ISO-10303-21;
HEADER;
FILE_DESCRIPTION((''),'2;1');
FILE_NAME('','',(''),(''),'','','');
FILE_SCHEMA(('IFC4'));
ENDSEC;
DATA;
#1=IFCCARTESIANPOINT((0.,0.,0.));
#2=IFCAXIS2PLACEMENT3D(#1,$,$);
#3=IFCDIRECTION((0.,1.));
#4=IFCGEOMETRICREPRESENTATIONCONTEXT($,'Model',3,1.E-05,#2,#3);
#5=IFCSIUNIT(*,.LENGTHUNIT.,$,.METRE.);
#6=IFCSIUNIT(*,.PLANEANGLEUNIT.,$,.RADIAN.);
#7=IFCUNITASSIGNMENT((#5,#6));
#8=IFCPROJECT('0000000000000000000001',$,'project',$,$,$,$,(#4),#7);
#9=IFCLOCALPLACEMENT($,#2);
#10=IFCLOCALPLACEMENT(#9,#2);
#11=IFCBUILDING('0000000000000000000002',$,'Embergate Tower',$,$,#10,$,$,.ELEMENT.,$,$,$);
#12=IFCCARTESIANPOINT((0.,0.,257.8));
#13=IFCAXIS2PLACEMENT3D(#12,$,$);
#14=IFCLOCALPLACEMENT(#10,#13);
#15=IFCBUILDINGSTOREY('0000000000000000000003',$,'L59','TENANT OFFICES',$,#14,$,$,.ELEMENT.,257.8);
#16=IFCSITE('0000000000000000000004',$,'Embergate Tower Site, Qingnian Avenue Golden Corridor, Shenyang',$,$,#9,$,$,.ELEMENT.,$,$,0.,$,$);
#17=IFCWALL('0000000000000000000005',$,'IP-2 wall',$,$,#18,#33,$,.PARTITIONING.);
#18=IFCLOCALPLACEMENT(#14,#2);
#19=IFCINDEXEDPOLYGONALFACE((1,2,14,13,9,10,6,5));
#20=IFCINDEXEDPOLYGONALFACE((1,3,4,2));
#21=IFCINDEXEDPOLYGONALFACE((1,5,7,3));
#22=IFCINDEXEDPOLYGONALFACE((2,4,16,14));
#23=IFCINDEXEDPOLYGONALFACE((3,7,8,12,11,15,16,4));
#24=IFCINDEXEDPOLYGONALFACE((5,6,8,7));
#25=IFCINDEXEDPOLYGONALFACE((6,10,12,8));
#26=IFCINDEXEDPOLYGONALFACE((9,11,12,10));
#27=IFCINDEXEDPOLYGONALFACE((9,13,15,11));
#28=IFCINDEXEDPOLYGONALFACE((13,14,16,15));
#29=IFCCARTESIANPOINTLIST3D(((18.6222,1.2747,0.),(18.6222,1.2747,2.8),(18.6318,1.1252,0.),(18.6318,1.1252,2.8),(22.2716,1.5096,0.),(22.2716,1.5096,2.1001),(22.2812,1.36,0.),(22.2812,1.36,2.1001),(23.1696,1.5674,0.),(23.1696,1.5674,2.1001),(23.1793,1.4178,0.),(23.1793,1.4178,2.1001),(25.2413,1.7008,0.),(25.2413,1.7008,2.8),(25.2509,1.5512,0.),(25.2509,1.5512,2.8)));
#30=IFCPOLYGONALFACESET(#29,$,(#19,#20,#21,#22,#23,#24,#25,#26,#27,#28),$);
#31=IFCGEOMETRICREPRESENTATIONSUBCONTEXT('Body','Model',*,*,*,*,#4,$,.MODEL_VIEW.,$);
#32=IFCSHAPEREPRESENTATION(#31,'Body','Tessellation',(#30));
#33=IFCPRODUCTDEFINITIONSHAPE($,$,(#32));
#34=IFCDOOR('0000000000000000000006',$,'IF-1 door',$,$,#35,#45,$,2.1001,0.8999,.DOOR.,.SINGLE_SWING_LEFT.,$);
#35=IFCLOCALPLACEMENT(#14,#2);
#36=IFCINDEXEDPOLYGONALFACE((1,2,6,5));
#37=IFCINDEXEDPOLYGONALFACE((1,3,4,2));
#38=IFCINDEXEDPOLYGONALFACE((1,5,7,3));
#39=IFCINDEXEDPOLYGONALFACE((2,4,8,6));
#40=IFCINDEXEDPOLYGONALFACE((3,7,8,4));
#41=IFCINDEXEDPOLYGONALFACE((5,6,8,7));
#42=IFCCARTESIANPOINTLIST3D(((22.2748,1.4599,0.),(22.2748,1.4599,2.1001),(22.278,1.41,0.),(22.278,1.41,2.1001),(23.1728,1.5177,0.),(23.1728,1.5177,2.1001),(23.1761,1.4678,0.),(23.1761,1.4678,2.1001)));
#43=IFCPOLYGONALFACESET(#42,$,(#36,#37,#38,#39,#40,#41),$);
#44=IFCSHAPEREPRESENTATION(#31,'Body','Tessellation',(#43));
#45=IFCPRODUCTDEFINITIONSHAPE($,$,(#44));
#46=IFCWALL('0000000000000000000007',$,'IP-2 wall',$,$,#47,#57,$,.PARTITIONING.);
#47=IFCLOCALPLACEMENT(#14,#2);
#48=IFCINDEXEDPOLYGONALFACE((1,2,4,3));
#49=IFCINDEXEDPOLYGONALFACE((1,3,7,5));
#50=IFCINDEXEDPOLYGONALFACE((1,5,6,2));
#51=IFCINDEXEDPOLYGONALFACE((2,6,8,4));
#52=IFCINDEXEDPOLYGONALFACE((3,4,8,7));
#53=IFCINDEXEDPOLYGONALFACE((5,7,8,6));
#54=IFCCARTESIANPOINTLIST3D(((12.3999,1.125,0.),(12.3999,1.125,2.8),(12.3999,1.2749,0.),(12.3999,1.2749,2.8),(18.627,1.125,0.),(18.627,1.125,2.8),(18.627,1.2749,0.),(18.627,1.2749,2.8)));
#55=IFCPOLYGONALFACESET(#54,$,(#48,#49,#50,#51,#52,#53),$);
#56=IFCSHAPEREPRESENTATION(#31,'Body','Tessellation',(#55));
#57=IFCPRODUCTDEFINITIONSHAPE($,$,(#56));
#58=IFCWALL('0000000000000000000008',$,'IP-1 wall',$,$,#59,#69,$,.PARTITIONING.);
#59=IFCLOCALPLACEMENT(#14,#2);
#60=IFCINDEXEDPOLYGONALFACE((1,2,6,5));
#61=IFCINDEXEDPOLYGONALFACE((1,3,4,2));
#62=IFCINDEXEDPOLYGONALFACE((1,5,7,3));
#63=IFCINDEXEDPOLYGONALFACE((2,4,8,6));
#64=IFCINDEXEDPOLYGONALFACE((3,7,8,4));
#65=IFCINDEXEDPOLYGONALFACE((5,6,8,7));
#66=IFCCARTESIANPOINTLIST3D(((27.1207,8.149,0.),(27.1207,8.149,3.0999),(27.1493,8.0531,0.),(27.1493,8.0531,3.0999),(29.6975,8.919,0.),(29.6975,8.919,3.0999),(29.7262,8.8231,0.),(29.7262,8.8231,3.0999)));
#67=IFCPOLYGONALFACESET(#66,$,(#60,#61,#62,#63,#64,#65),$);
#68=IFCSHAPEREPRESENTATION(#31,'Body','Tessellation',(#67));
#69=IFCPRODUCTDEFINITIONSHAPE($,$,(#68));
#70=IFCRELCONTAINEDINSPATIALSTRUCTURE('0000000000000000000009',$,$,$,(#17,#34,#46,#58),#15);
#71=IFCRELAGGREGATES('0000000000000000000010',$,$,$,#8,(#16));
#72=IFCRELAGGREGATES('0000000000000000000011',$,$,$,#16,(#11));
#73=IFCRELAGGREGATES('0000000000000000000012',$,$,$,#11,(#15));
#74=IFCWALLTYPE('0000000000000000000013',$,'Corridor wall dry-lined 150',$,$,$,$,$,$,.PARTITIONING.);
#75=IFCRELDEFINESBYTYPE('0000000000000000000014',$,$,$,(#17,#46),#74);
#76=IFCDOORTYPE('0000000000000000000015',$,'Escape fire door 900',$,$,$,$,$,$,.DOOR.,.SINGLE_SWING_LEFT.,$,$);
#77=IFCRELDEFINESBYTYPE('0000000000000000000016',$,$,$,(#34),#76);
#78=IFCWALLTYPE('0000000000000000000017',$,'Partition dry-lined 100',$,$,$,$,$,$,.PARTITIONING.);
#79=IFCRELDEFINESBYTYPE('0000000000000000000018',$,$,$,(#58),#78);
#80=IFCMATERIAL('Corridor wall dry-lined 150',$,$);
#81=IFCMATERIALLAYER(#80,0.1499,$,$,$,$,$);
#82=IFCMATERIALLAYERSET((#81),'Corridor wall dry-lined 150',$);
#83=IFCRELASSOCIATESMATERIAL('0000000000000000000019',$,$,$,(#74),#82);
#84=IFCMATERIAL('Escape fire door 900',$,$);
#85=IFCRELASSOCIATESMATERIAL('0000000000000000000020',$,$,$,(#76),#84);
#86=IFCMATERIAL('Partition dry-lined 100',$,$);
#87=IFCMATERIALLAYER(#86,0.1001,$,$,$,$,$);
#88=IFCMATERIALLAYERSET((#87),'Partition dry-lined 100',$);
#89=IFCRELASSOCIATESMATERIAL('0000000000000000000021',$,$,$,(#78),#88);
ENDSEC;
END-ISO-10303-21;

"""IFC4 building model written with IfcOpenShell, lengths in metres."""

from ifc_helpers import new_model, si_unit, direction, frame, frame_2d, origin, place, context, subcontext, project, spatial, rectangle, extrude, source, transform, mapped, material, layer, layer_set, type_object, element, fill, save


model = new_model("IFC4")

# Units and contexts
model_context = context("Model", 3, precision=1e-05, world=origin(), true_north=direction((0.0, 1.0)))
body_context = subcontext(model_context, "Body", "Model", "MODEL_VIEW")
ifc_project = project(units=[si_unit("LENGTHUNIT", "METRE"), si_unit("PLANEANGLEUNIT", "RADIAN")], contexts=[model_context])

# Site, building, storey
site_placement = place(None, origin())
site = spatial("IfcSite", under=ifc_project, at=site_placement, Name="Embergate Tower Site, Qingnian Avenue Golden Corridor, Shenyang", CompositionType="ELEMENT", RefElevation=0.0)
building_placement = place(site_placement, origin())
building = spatial("IfcBuilding", under=site, at=building_placement, Name="Embergate Tower", CompositionType="ELEMENT")
storey_placement = place(building_placement, frame((0.0, 0.0, 257.8)))
storey = spatial("IfcBuildingStorey", under=building, at=storey_placement, Name="L59", Description="TENANT OFFICES", CompositionType="ELEMENT", Elevation=257.8)

# Shared definitions
ifc_material_1 = material(Name="Corridor wall dry-lined 150")
ifc_layer_1 = layer(ifc_material_1, 0.1499)
ifc_layer_set_1 = layer_set([ifc_layer_1], Name="Corridor wall dry-lined 150")
wall_type_1 = type_object("IfcWallType", Name="Corridor wall dry-lined 150", PredefinedType="PARTITIONING", material=ifc_layer_set_1)

# Shared definitions
shared_shape_1 = source(origin(), body_context, "Body", "SweptSolid", [
    extrude(rectangle(XDim=0.8999, YDim=2.1001, at=frame_2d((0.45, 1.05))), frame((0.0, 0.085, 0.0), z_axis=(0.0, -1.0, 0.0), x_axis=(1.0, 0.0, 0.0)), (0.0, 0.0, 1.0), 0.1699),
])
ifc_material_2 = material(Name="Escape fire door 900")
door_type_1 = type_object("IfcDoorType", Name="Escape fire door 900", OperationType="SINGLE_SWING_LEFT", PredefinedType="DOOR", material=ifc_material_2)
shared_shape_2 = source(origin(), body_context, "Body", "SweptSolid", [
    extrude(rectangle(XDim=0.8999, YDim=2.1001, at=frame_2d((0.45, 1.05))), frame((0.0, 0.0249, 0.0), z_axis=(0.0, -1.0, 0.0), x_axis=(1.0, 0.0, 0.0)), (0.0, 0.0, 1.0), 0.05),
])

# Wall, opening, door
shared_shape_3 = source(origin(), body_context, "Body", "SweptSolid", [
    extrude(rectangle(XDim=6.6328, YDim=0.1499, at=frame_2d((3.3164, 0.0))), origin(), (0.0, 0.0, 1.0), 2.8),
])
wall_1_placement = place(storey_placement, frame((25.2461, 1.626, 0.0), z_axis=(0.0, 0.0, 1.0), x_axis=(-0.997935, -0.06423, 0.0)))
wall_1 = element("IfcWall", 1, at=wall_1_placement, inside=storey, type_object=wall_type_1, Name="IP-2 wall", PredefinedType="PARTITIONING", context=body_context, shape_type="MappedRepresentation", body=[
    mapped(shared_shape_3, transform((0.0, 0.0, 0.0))),
])
opening_1_placement = place(wall_1_placement, frame((2.0759, 0.0, 0.0)))
opening_1 = element("IfcOpeningElement", 2, at=opening_1_placement, cuts=wall_1, PredefinedType="OPENING", context=body_context, shape_type="MappedRepresentation", body=[
    mapped(shared_shape_1, transform((0.0, 0.0, 0.0))),
])
door_1_placement = place(opening_1_placement, origin())
door_1 = element("IfcDoor", 3, at=door_1_placement, inside=storey, type_object=door_type_1, Name="IF-1 door", OperationType="SINGLE_SWING_LEFT", OverallHeight=2.1001, OverallWidth=0.8999, PredefinedType="DOOR", context=body_context, shape_type="MappedRepresentation", body=[
    mapped(shared_shape_2, transform((0.0, 0.0, 0.0))),
])
fill(opening_1, door_1)

# Walls
shared_shape_4 = source(origin(), body_context, "Body", "SweptSolid", [
    extrude(rectangle(XDim=6.2271, YDim=0.1499, at=frame_2d((3.1135, 0.0))), origin(), (0.0, 0.0, 1.0), 2.8),
])
wall_2_placement = place(storey_placement, frame((18.627, 1.2, 0.0), z_axis=(0.0, 0.0, 1.0), x_axis=(-1.0, 0.0, 0.0)))
element("IfcWall", 4, at=wall_2_placement, inside=storey, type_object=wall_type_1, Name="IP-2 wall", PredefinedType="PARTITIONING", context=body_context, shape_type="MappedRepresentation", body=[
    mapped(shared_shape_4, transform((0.0, 0.0, 0.0))),
])
ifc_material_3 = material(Name="Partition dry-lined 100")
ifc_layer_2 = layer(ifc_material_3, 0.1001)
ifc_layer_set_2 = layer_set([ifc_layer_2], Name="Partition dry-lined 100")
wall_type_2 = type_object("IfcWallType", Name="Partition dry-lined 100", PredefinedType="PARTITIONING", material=ifc_layer_set_2)
shared_shape_5 = source(origin(), body_context, "Body", "SweptSolid", [
    extrude(rectangle(XDim=2.6895, YDim=0.1001, at=frame_2d((1.3447, 0.0))), origin(), (0.0, 0.0, 1.0), 3.0999),
])
wall_3_placement = place(storey_placement, frame((27.135, 8.1011, 0.0), z_axis=(0.0, 0.0, 1.0), x_axis=(0.958138, 0.286307, 0.0)))
element("IfcWall", 5, at=wall_3_placement, inside=storey, type_object=wall_type_2, Name="IP-1 wall", PredefinedType="PARTITIONING", context=body_context, shape_type="MappedRepresentation", body=[
    mapped(shared_shape_5, transform((0.0, 0.0, 0.0))),
])

save(model, "model.ifc")
